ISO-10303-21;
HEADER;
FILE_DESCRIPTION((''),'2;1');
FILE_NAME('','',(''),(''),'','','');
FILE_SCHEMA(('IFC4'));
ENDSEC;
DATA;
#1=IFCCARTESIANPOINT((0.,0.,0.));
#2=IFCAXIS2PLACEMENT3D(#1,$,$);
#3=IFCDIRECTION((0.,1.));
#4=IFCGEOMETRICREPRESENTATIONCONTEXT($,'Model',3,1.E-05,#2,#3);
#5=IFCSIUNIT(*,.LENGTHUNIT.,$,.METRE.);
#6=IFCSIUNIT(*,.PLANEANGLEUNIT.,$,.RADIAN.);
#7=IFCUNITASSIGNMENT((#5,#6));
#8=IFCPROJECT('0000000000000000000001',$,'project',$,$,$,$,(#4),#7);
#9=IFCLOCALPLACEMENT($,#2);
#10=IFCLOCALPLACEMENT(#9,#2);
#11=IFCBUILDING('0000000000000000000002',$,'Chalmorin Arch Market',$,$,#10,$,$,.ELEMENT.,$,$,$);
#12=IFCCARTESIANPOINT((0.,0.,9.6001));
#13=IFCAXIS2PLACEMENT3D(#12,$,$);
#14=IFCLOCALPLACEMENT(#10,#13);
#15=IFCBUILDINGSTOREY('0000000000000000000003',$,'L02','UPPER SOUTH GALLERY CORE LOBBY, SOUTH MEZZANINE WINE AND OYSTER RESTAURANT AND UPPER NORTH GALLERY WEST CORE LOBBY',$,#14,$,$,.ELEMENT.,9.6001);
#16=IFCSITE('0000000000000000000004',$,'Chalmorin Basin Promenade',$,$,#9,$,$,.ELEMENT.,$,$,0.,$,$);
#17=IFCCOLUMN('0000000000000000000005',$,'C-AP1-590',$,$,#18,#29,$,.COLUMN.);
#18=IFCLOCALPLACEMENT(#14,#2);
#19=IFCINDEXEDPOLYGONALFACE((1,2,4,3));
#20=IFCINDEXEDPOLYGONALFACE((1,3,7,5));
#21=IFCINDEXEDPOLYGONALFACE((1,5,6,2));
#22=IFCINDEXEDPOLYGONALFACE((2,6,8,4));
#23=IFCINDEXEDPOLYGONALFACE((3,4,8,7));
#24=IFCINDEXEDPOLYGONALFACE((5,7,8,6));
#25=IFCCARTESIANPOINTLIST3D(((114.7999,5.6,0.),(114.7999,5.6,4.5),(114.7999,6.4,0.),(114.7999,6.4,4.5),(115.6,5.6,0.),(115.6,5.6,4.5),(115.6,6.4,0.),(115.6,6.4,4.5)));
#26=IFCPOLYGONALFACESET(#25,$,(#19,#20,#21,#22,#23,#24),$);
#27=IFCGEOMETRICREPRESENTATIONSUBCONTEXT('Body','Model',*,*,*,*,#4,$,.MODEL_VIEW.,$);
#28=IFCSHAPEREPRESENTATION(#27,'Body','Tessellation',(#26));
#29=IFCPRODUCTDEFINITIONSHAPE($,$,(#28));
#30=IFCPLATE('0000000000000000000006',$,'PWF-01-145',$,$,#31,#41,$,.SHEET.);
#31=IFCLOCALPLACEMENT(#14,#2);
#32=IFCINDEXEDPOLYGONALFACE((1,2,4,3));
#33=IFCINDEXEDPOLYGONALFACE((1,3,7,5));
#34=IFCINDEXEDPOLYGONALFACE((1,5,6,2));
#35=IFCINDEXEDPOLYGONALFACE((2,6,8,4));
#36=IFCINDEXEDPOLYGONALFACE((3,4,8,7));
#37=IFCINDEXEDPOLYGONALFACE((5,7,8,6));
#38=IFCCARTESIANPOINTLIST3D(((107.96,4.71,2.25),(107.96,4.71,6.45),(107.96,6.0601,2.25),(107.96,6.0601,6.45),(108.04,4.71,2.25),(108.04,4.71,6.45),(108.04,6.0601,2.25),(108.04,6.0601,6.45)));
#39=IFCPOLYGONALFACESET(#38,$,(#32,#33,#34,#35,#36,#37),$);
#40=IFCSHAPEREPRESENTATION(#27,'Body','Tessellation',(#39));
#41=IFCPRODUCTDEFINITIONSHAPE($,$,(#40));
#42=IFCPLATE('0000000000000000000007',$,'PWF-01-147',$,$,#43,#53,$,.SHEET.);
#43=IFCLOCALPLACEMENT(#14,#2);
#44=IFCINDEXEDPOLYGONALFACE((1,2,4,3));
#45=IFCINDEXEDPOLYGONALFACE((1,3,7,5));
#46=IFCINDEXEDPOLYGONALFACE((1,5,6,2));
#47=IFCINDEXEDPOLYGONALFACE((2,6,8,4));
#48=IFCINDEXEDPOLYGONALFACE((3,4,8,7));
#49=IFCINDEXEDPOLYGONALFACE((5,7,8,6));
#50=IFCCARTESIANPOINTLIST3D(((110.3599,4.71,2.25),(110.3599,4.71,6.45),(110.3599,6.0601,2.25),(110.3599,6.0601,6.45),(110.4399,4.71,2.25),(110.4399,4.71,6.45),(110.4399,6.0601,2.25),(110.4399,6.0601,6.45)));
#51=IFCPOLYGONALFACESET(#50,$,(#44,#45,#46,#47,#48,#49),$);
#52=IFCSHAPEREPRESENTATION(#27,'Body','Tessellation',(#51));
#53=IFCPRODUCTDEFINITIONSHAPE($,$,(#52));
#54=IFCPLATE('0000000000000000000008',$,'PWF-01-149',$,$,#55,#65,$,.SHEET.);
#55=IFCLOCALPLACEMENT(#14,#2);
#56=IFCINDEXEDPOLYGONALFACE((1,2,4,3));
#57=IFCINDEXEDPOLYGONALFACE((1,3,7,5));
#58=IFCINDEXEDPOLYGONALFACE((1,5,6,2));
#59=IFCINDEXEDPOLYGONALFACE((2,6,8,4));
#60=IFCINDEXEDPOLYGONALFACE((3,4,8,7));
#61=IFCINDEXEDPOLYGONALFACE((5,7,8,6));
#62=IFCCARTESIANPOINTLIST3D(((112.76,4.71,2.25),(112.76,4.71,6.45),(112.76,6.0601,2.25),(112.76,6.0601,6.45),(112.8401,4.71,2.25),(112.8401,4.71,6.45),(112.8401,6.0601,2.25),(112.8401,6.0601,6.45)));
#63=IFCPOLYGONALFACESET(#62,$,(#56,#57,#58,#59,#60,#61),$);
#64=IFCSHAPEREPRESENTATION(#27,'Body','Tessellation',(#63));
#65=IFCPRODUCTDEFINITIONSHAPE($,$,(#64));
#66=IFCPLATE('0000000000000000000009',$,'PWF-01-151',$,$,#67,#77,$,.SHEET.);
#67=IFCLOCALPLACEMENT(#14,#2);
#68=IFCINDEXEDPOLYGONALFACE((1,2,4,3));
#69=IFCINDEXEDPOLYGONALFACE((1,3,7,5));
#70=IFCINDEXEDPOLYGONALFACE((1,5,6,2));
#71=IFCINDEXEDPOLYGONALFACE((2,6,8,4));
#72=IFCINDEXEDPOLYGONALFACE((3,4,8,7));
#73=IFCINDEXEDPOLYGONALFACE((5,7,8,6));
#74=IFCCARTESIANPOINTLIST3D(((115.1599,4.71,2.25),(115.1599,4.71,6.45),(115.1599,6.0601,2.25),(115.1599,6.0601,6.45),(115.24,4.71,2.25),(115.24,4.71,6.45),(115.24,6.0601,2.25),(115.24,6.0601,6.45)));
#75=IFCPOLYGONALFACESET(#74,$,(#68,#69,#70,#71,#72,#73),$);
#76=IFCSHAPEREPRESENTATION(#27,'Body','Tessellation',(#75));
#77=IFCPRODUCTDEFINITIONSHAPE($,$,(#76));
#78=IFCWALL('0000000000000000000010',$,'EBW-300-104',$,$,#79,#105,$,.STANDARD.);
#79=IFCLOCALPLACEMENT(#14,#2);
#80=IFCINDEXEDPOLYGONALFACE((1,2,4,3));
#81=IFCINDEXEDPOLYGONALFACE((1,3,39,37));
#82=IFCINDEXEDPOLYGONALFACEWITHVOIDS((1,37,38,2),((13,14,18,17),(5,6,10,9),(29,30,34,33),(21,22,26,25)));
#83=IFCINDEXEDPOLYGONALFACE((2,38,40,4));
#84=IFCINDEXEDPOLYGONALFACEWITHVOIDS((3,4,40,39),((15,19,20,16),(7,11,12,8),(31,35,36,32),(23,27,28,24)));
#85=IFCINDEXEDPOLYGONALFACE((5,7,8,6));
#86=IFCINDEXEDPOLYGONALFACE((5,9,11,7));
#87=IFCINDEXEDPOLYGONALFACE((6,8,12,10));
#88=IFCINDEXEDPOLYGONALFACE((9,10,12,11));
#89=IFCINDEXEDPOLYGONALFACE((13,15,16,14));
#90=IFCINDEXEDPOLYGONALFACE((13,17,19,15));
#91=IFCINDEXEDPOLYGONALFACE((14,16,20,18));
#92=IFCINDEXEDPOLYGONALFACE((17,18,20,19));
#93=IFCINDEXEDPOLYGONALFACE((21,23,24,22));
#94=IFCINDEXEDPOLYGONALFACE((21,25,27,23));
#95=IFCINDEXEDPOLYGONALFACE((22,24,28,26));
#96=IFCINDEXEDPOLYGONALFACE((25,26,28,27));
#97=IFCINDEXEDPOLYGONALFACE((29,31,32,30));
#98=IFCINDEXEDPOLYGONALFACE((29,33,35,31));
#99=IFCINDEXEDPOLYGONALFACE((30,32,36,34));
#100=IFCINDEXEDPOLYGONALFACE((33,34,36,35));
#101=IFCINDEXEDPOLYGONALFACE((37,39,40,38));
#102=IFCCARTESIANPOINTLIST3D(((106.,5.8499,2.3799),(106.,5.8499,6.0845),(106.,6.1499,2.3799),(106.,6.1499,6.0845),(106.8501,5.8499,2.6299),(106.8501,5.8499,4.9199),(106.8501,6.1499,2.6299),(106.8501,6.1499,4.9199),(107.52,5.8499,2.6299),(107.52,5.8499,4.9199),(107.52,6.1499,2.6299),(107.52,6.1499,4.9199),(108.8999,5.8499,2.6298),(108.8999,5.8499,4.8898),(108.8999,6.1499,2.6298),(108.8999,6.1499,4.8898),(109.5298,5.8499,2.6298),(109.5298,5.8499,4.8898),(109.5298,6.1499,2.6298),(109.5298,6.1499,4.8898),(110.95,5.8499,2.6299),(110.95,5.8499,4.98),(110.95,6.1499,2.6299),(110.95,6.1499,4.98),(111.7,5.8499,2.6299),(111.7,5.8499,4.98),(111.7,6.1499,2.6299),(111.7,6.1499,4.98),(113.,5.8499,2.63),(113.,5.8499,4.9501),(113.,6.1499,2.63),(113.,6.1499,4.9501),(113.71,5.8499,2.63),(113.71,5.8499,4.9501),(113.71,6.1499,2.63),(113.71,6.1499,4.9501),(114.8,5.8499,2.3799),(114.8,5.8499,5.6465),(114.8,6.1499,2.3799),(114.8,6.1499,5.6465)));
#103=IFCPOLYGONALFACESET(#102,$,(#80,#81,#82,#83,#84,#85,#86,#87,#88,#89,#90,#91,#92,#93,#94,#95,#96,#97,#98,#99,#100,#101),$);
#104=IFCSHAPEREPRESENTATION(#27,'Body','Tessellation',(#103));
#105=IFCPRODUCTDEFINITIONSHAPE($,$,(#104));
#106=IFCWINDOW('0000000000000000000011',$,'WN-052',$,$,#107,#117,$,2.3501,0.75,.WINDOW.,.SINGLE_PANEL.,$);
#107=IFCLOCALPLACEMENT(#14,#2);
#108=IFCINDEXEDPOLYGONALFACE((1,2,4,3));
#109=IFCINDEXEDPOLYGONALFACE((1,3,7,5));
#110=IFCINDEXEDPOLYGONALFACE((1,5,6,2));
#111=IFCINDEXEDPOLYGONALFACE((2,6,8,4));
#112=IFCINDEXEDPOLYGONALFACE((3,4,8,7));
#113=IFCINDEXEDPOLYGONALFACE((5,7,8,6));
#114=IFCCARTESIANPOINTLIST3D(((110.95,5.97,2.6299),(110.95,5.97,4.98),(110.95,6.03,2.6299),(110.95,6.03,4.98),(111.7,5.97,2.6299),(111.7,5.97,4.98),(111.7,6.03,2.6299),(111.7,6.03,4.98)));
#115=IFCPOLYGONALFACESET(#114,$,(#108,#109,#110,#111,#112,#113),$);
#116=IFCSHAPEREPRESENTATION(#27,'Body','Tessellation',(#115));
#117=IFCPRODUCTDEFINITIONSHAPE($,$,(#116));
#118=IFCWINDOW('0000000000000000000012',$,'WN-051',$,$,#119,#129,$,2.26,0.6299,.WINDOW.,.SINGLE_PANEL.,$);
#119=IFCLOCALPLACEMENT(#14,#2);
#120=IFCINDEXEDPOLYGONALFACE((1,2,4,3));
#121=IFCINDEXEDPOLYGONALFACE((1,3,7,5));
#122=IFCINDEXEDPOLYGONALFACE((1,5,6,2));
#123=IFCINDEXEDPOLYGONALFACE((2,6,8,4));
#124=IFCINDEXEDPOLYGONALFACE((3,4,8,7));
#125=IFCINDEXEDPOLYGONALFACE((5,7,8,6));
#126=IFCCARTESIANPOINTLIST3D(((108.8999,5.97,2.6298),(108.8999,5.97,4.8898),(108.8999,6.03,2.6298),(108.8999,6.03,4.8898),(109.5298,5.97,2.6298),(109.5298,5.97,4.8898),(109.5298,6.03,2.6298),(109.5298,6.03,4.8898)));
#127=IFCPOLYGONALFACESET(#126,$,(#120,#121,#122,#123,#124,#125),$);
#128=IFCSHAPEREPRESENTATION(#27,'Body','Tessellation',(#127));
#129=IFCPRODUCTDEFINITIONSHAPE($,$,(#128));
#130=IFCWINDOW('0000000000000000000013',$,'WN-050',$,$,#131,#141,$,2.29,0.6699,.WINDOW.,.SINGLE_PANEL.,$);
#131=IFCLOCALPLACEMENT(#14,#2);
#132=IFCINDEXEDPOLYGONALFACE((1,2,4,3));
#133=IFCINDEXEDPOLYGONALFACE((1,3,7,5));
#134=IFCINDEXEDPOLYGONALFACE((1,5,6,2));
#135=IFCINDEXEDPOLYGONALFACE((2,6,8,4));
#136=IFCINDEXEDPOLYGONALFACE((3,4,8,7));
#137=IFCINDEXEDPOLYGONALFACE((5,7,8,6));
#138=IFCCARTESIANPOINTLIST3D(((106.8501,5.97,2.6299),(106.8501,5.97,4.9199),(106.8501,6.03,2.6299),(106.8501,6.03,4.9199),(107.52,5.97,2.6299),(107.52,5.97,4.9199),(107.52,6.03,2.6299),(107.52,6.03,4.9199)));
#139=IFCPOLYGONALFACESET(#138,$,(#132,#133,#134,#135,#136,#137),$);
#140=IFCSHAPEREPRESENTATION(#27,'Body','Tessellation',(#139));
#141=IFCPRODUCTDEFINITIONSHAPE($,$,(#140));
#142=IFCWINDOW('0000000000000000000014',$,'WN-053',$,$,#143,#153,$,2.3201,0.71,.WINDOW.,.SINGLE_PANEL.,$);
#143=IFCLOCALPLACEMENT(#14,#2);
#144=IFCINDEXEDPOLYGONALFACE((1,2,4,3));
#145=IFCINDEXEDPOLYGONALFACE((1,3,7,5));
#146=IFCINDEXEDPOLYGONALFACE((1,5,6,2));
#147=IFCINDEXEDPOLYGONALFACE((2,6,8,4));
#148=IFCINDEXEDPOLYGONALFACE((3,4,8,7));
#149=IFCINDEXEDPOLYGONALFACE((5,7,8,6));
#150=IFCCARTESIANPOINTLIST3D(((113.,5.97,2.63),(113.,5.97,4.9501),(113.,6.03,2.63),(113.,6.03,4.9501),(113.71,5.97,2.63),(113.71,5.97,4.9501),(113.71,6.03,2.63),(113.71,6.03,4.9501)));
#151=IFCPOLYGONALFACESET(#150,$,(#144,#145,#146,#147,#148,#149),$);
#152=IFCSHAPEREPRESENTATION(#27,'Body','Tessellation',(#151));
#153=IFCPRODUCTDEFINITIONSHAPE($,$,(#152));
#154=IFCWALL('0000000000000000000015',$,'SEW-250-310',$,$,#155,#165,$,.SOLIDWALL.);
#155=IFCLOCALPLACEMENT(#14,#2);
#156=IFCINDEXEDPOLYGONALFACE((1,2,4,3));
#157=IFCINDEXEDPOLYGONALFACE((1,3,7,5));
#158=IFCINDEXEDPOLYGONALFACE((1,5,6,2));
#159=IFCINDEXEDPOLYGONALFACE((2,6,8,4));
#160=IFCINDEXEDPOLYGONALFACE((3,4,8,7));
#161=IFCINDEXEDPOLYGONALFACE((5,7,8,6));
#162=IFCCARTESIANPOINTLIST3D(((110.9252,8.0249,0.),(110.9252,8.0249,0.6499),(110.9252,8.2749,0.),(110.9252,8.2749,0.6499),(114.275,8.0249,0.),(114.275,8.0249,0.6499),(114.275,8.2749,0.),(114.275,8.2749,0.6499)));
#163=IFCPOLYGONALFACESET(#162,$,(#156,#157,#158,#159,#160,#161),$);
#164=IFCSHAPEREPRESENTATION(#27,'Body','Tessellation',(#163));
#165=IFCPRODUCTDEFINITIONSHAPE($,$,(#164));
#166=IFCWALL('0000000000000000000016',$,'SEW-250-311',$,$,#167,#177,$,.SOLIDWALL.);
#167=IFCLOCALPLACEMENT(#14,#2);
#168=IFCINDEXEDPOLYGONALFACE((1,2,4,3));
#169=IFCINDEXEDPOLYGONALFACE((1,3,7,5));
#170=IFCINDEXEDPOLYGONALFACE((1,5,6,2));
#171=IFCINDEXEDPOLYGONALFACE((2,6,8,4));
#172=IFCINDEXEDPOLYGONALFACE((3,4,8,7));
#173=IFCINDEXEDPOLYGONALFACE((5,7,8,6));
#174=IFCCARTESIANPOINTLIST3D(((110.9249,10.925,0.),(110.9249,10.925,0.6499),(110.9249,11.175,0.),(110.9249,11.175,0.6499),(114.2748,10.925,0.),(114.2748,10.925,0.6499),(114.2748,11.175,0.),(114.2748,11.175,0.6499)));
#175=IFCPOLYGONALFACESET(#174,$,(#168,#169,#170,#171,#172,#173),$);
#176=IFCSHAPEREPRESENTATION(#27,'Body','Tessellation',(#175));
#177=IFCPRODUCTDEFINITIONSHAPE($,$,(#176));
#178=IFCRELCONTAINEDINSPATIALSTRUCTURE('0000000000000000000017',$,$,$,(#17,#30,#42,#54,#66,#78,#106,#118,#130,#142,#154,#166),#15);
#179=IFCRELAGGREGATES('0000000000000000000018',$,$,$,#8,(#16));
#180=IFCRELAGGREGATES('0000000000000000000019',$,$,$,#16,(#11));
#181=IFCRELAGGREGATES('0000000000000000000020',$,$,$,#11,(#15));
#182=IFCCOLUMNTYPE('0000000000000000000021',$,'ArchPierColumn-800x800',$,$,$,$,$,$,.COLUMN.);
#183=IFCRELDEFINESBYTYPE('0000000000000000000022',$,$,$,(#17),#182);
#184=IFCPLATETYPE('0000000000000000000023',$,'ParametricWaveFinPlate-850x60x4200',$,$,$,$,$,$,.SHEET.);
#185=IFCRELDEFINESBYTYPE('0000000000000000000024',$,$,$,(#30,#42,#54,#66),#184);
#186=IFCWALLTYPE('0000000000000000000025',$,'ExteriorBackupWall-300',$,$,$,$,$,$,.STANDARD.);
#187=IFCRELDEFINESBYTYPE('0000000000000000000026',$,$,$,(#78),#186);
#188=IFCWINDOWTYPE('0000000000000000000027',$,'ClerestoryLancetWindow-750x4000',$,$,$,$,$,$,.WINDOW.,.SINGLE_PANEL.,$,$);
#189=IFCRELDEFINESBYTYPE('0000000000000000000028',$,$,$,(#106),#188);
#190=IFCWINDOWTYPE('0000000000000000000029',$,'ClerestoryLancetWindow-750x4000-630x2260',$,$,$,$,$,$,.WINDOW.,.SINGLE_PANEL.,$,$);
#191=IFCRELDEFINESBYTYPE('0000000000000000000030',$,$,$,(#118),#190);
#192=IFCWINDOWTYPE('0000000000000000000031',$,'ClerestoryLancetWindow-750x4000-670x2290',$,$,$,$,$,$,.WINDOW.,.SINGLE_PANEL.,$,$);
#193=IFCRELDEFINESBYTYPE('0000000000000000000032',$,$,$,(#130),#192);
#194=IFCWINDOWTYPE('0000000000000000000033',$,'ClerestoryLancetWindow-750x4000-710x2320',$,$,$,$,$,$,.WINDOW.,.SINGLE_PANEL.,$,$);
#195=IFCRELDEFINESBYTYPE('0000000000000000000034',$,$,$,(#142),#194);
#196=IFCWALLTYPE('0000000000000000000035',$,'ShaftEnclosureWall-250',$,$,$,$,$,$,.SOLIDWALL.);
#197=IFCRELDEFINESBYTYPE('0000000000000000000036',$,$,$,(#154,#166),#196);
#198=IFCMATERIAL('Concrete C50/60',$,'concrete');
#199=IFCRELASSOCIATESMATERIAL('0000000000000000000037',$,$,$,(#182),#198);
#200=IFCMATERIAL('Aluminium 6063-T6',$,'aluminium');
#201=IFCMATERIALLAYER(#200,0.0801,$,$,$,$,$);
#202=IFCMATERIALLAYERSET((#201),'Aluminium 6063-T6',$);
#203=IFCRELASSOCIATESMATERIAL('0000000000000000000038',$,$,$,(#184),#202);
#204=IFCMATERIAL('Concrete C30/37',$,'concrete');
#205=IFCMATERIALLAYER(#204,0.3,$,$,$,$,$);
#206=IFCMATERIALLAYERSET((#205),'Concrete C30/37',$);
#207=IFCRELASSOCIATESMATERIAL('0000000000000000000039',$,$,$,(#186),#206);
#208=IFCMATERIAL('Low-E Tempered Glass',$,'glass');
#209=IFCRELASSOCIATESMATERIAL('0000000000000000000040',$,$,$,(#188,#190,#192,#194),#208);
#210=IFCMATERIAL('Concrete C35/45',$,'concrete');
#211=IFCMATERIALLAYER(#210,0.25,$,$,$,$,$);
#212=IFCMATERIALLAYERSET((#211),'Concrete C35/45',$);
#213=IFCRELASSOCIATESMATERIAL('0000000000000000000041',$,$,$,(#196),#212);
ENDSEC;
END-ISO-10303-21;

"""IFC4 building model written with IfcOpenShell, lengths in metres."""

from ifc_helpers import new_model, si_unit, direction, frame, frame_2d, origin, origin_2d, place, context, subcontext, project, spatial, polyline, rectangle, outline, extrude, material, layer, layer_set, material_profile, profile_set, type_object, element, fill, save


model = new_model("IFC4")

# Units and contexts
model_context = context("Model", 3, precision=1e-05, world=origin(), true_north=direction((0.0, 1.0)))
body_context = subcontext(model_context, "Body", "Model", "MODEL_VIEW")
ifc_project = project(units=[si_unit("LENGTHUNIT", "METRE"), si_unit("PLANEANGLEUNIT", "RADIAN")], contexts=[model_context])

# Site, building, storey
site_placement = place(None, origin())
site = spatial("IfcSite", under=ifc_project, at=site_placement, Name="Chalmorin Basin Promenade", CompositionType="ELEMENT", RefElevation=0.0)
building_placement = place(site_placement, origin())
building = spatial("IfcBuilding", under=site, at=building_placement, Name="Chalmorin Arch Market", CompositionType="ELEMENT")
storey_placement = place(building_placement, frame((0.0, 0.0, 9.6001)))
storey = spatial("IfcBuildingStorey", under=building, at=storey_placement, Name="L02", Description="UPPER SOUTH GALLERY CORE LOBBY, SOUTH MEZZANINE WINE AND OYSTER RESTAURANT AND UPPER NORTH GALLERY WEST CORE LOBBY", CompositionType="ELEMENT", Elevation=9.6001)

# Column
ifc_material_1 = material(Name="Concrete C50/60", Category="concrete")
ifc_material_profile = material_profile(ifc_material_1, rectangle(XDim=0.8, YDim=0.8, at=origin_2d()), Name="RC800X800")
ifc_profile_set = profile_set([ifc_material_profile], Name="Concrete C50/60")
column_type = type_object("IfcColumnType", Name="ArchPierColumn-800x800", PredefinedType="COLUMN", material=ifc_profile_set)
column_placement = place(storey_placement, frame((115.2, 6.0, 0.0), z_axis=(0.0, 0.0, 1.0), x_axis=(1.0, 0.0, 0.0)))
element("IfcColumn", 1, at=column_placement, inside=storey, type_object=column_type, Name="C-AP1-590", PredefinedType="COLUMN", context=body_context, shape_type="SweptSolid", body=[
    extrude(rectangle(XDim=0.8, YDim=0.8, at=origin_2d()), origin(), (0.0, 0.0, 1.0), 4.5),
])

# Plates
ifc_material_2 = material(Name="Aluminium 6063-T6", Category="aluminium")
ifc_layer_1 = layer(ifc_material_2, 0.0801)
ifc_layer_set_1 = layer_set([ifc_layer_1], Name="Aluminium 6063-T6")
plate_type = type_object("IfcPlateType", Name="ParametricWaveFinPlate-850x60x4200", PredefinedType="SHEET", material=ifc_layer_set_1)
for number, where, z_axis, x_axis, name in (
    (2, (108.0, 5.385, 2.25), (0.0, 0.0, 1.0), (0.0, 1.0, 0.0), "PWF-01-145"),
    (3, (110.3999, 5.385, 2.25), (0.0, 0.0, 1.0), (0.0, 1.0, 0.0), "PWF-01-147"),
    (4, (112.8, 5.385, 2.25), (0.0, 0.0, 1.0), (0.0, 1.0, 0.0), "PWF-01-149"),
    (5, (115.2, 5.385, 2.25), (0.0, 0.0, 1.0), (0.0, 1.0, 0.0), "PWF-01-151"),
):
    element("IfcPlate", number, at=place(storey_placement, frame(where, z_axis=z_axis, x_axis=x_axis)), inside=storey, type_object=plate_type, Name=name, PredefinedType="SHEET", context=body_context, shape_type="SweptSolid", body=[
        extrude(rectangle(XDim=1.3501, YDim=0.0801, at=origin_2d()), origin(), (0.0, 0.0, 1.0), 4.2),
    ])

# Wall, openings, windows
ifc_material_3 = material(Name="Concrete C30/37", Category="concrete")
ifc_layer_2 = layer(ifc_material_3, 0.3)
ifc_layer_set_2 = layer_set([ifc_layer_2], Name="Concrete C30/37")
wall_type_1 = type_object("IfcWallType", Name="ExteriorBackupWall-300", PredefinedType="STANDARD", material=ifc_layer_set_2)
wall_placement = place(storey_placement, frame((106.0, 6.0, 2.3799), z_axis=(0.0, 0.0, 1.0), x_axis=(1.0, 0.0, 0.0)))
wall = element("IfcWall", 6, at=wall_placement, inside=storey, type_object=wall_type_1, Name="EBW-300-104", PredefinedType="STANDARD", context=body_context, shape_type="SweptSolid", body=[
    extrude(outline(polyline([(0.0, 0.0), (8.8, 0.0), (8.8, 3.2666), (0.0, 3.7046), (0.0, 0.0)])), frame((0.0, 0.1499, 0.0), z_axis=(0.0, -1.0, 0.0), x_axis=(1.0, 0.0, 0.0)), (0.0, 0.0, 1.0), 0.3),
])
opening_1_placement = place(wall_placement, frame((0.8501, 0.0, 0.25)))
opening_1 = element("IfcOpeningElement", 7, at=opening_1_placement, cuts=wall, PredefinedType="OPENING", context=body_context, shape_type="SweptSolid", body=[
    extrude(rectangle(XDim=0.6699, YDim=2.29, at=frame_2d((0.335, 1.145))), frame((0.0, 0.1599, 0.0), z_axis=(0.0, -1.0, 0.0), x_axis=(1.0, 0.0, 0.0)), (0.0, 0.0, 1.0), 0.3201),
])
opening_2_placement = place(wall_placement, frame((2.8999, 0.0, 0.25)))
opening_2 = element("IfcOpeningElement", 8, at=opening_2_placement, cuts=wall, PredefinedType="OPENING", context=body_context, shape_type="SweptSolid", body=[
    extrude(rectangle(XDim=0.6299, YDim=2.26, at=frame_2d((0.3149, 1.1299))), frame((0.0, 0.1599, 0.0), z_axis=(0.0, -1.0, 0.0), x_axis=(1.0, 0.0, 0.0)), (0.0, 0.0, 1.0), 0.3201),
])
opening_3_placement = place(wall_placement, frame((4.95, 0.0, 0.25)))
opening_3 = element("IfcOpeningElement", 9, at=opening_3_placement, cuts=wall, PredefinedType="OPENING", context=body_context, shape_type="SweptSolid", body=[
    extrude(rectangle(XDim=0.75, YDim=2.3501, at=frame_2d((0.375, 1.175))), frame((0.0, 0.1599, 0.0), z_axis=(0.0, -1.0, 0.0), x_axis=(1.0, 0.0, 0.0)), (0.0, 0.0, 1.0), 0.3201),
])
opening_4_placement = place(wall_placement, frame((7.0, 0.0, 0.25)))
opening_4 = element("IfcOpeningElement", 10, at=opening_4_placement, cuts=wall, PredefinedType="OPENING", context=body_context, shape_type="SweptSolid", body=[
    extrude(rectangle(XDim=0.71, YDim=2.3201, at=frame_2d((0.355, 1.1602))), frame((0.0, 0.1599, 0.0), z_axis=(0.0, -1.0, 0.0), x_axis=(1.0, 0.0, 0.0)), (0.0, 0.0, 1.0), 0.3201),
])
ifc_material_4 = material(Name="Low-E Tempered Glass", Category="glass")
window_type_1 = type_object("IfcWindowType", Name="ClerestoryLancetWindow-750x4000", PartitioningType="SINGLE_PANEL", PredefinedType="WINDOW", material=ifc_material_4)
window_1_placement = place(opening_3_placement, origin())
window_1 = element("IfcWindow", 11, at=window_1_placement, inside=storey, type_object=window_type_1, Name="WN-052", OverallHeight=2.3501, OverallWidth=0.75, PartitioningType="SINGLE_PANEL", PredefinedType="WINDOW", context=body_context, shape_type="SweptSolid", body=[
    extrude(rectangle(XDim=0.75, YDim=2.3501, at=frame_2d((0.375, 1.175))), frame((0.0, 0.03, 0.0), z_axis=(0.0, -1.0, 0.0), x_axis=(1.0, 0.0, 0.0)), (0.0, 0.0, 1.0), 0.0601),
])
fill(opening_3, window_1)
window_type_2 = type_object("IfcWindowType", Name="ClerestoryLancetWindow-750x4000-630x2260", PartitioningType="SINGLE_PANEL", PredefinedType="WINDOW", material=ifc_material_4)
window_2_placement = place(opening_2_placement, origin())
window_2 = element("IfcWindow", 12, at=window_2_placement, inside=storey, type_object=window_type_2, Name="WN-051", OverallHeight=2.26, OverallWidth=0.6299, PartitioningType="SINGLE_PANEL", PredefinedType="WINDOW", context=body_context, shape_type="SweptSolid", body=[
    extrude(rectangle(XDim=0.6299, YDim=2.26, at=frame_2d((0.3149, 1.1299))), frame((0.0, 0.03, 0.0), z_axis=(0.0, -1.0, 0.0), x_axis=(1.0, 0.0, 0.0)), (0.0, 0.0, 1.0), 0.0601),
])
fill(opening_2, window_2)
window_type_3 = type_object("IfcWindowType", Name="ClerestoryLancetWindow-750x4000-670x2290", PartitioningType="SINGLE_PANEL", PredefinedType="WINDOW", material=ifc_material_4)
window_3_placement = place(opening_1_placement, origin())
window_3 = element("IfcWindow", 13, at=window_3_placement, inside=storey, type_object=window_type_3, Name="WN-050", OverallHeight=2.29, OverallWidth=0.6699, PartitioningType="SINGLE_PANEL", PredefinedType="WINDOW", context=body_context, shape_type="SweptSolid", body=[
    extrude(rectangle(XDim=0.6699, YDim=2.29, at=frame_2d((0.335, 1.145))), frame((0.0, 0.03, 0.0), z_axis=(0.0, -1.0, 0.0), x_axis=(1.0, 0.0, 0.0)), (0.0, 0.0, 1.0), 0.0601),
])
fill(opening_1, window_3)
window_type_4 = type_object("IfcWindowType", Name="ClerestoryLancetWindow-750x4000-710x2320", PartitioningType="SINGLE_PANEL", PredefinedType="WINDOW", material=ifc_material_4)
window_4_placement = place(opening_4_placement, origin())
window_4 = element("IfcWindow", 14, at=window_4_placement, inside=storey, type_object=window_type_4, Name="WN-053", OverallHeight=2.3201, OverallWidth=0.71, PartitioningType="SINGLE_PANEL", PredefinedType="WINDOW", context=body_context, shape_type="SweptSolid", body=[
    extrude(rectangle(XDim=0.71, YDim=2.3201, at=frame_2d((0.355, 1.1602))), frame((0.0, 0.03, 0.0), z_axis=(0.0, -1.0, 0.0), x_axis=(1.0, 0.0, 0.0)), (0.0, 0.0, 1.0), 0.0601),
])
fill(opening_4, window_4)

# Walls
ifc_material_5 = material(Name="Concrete C35/45", Category="concrete")
ifc_layer_3 = layer(ifc_material_5, 0.25)
ifc_layer_set_3 = layer_set([ifc_layer_3], Name="Concrete C35/45")
wall_type_2 = type_object("IfcWallType", Name="ShaftEnclosureWall-250", PredefinedType="SOLIDWALL", material=ifc_layer_set_3)
for number, where, z_axis, x_axis, name in (
    (15, (114.2749, 8.1499, 0.0), (0.0, 0.0, 1.0), (-1.0, 0.0, 0.0), "SEW-250-310"),
    (16, (110.925, 11.05, 0.0), (0.0, 0.0, 1.0), (1.0, 0.0, 0.0), "SEW-250-311"),
):
    element("IfcWall", number, at=place(storey_placement, frame(where, z_axis=z_axis, x_axis=x_axis)), inside=storey, type_object=wall_type_2, Name=name, PredefinedType="SOLIDWALL", context=body_context, shape_type="SweptSolid", body=[
        extrude(rectangle(XDim=3.3499, YDim=0.25, at=frame_2d((1.6748, 0.0))), origin(), (0.0, 0.0, 1.0), 0.6499),
    ])

save(model, "model.ifc")
